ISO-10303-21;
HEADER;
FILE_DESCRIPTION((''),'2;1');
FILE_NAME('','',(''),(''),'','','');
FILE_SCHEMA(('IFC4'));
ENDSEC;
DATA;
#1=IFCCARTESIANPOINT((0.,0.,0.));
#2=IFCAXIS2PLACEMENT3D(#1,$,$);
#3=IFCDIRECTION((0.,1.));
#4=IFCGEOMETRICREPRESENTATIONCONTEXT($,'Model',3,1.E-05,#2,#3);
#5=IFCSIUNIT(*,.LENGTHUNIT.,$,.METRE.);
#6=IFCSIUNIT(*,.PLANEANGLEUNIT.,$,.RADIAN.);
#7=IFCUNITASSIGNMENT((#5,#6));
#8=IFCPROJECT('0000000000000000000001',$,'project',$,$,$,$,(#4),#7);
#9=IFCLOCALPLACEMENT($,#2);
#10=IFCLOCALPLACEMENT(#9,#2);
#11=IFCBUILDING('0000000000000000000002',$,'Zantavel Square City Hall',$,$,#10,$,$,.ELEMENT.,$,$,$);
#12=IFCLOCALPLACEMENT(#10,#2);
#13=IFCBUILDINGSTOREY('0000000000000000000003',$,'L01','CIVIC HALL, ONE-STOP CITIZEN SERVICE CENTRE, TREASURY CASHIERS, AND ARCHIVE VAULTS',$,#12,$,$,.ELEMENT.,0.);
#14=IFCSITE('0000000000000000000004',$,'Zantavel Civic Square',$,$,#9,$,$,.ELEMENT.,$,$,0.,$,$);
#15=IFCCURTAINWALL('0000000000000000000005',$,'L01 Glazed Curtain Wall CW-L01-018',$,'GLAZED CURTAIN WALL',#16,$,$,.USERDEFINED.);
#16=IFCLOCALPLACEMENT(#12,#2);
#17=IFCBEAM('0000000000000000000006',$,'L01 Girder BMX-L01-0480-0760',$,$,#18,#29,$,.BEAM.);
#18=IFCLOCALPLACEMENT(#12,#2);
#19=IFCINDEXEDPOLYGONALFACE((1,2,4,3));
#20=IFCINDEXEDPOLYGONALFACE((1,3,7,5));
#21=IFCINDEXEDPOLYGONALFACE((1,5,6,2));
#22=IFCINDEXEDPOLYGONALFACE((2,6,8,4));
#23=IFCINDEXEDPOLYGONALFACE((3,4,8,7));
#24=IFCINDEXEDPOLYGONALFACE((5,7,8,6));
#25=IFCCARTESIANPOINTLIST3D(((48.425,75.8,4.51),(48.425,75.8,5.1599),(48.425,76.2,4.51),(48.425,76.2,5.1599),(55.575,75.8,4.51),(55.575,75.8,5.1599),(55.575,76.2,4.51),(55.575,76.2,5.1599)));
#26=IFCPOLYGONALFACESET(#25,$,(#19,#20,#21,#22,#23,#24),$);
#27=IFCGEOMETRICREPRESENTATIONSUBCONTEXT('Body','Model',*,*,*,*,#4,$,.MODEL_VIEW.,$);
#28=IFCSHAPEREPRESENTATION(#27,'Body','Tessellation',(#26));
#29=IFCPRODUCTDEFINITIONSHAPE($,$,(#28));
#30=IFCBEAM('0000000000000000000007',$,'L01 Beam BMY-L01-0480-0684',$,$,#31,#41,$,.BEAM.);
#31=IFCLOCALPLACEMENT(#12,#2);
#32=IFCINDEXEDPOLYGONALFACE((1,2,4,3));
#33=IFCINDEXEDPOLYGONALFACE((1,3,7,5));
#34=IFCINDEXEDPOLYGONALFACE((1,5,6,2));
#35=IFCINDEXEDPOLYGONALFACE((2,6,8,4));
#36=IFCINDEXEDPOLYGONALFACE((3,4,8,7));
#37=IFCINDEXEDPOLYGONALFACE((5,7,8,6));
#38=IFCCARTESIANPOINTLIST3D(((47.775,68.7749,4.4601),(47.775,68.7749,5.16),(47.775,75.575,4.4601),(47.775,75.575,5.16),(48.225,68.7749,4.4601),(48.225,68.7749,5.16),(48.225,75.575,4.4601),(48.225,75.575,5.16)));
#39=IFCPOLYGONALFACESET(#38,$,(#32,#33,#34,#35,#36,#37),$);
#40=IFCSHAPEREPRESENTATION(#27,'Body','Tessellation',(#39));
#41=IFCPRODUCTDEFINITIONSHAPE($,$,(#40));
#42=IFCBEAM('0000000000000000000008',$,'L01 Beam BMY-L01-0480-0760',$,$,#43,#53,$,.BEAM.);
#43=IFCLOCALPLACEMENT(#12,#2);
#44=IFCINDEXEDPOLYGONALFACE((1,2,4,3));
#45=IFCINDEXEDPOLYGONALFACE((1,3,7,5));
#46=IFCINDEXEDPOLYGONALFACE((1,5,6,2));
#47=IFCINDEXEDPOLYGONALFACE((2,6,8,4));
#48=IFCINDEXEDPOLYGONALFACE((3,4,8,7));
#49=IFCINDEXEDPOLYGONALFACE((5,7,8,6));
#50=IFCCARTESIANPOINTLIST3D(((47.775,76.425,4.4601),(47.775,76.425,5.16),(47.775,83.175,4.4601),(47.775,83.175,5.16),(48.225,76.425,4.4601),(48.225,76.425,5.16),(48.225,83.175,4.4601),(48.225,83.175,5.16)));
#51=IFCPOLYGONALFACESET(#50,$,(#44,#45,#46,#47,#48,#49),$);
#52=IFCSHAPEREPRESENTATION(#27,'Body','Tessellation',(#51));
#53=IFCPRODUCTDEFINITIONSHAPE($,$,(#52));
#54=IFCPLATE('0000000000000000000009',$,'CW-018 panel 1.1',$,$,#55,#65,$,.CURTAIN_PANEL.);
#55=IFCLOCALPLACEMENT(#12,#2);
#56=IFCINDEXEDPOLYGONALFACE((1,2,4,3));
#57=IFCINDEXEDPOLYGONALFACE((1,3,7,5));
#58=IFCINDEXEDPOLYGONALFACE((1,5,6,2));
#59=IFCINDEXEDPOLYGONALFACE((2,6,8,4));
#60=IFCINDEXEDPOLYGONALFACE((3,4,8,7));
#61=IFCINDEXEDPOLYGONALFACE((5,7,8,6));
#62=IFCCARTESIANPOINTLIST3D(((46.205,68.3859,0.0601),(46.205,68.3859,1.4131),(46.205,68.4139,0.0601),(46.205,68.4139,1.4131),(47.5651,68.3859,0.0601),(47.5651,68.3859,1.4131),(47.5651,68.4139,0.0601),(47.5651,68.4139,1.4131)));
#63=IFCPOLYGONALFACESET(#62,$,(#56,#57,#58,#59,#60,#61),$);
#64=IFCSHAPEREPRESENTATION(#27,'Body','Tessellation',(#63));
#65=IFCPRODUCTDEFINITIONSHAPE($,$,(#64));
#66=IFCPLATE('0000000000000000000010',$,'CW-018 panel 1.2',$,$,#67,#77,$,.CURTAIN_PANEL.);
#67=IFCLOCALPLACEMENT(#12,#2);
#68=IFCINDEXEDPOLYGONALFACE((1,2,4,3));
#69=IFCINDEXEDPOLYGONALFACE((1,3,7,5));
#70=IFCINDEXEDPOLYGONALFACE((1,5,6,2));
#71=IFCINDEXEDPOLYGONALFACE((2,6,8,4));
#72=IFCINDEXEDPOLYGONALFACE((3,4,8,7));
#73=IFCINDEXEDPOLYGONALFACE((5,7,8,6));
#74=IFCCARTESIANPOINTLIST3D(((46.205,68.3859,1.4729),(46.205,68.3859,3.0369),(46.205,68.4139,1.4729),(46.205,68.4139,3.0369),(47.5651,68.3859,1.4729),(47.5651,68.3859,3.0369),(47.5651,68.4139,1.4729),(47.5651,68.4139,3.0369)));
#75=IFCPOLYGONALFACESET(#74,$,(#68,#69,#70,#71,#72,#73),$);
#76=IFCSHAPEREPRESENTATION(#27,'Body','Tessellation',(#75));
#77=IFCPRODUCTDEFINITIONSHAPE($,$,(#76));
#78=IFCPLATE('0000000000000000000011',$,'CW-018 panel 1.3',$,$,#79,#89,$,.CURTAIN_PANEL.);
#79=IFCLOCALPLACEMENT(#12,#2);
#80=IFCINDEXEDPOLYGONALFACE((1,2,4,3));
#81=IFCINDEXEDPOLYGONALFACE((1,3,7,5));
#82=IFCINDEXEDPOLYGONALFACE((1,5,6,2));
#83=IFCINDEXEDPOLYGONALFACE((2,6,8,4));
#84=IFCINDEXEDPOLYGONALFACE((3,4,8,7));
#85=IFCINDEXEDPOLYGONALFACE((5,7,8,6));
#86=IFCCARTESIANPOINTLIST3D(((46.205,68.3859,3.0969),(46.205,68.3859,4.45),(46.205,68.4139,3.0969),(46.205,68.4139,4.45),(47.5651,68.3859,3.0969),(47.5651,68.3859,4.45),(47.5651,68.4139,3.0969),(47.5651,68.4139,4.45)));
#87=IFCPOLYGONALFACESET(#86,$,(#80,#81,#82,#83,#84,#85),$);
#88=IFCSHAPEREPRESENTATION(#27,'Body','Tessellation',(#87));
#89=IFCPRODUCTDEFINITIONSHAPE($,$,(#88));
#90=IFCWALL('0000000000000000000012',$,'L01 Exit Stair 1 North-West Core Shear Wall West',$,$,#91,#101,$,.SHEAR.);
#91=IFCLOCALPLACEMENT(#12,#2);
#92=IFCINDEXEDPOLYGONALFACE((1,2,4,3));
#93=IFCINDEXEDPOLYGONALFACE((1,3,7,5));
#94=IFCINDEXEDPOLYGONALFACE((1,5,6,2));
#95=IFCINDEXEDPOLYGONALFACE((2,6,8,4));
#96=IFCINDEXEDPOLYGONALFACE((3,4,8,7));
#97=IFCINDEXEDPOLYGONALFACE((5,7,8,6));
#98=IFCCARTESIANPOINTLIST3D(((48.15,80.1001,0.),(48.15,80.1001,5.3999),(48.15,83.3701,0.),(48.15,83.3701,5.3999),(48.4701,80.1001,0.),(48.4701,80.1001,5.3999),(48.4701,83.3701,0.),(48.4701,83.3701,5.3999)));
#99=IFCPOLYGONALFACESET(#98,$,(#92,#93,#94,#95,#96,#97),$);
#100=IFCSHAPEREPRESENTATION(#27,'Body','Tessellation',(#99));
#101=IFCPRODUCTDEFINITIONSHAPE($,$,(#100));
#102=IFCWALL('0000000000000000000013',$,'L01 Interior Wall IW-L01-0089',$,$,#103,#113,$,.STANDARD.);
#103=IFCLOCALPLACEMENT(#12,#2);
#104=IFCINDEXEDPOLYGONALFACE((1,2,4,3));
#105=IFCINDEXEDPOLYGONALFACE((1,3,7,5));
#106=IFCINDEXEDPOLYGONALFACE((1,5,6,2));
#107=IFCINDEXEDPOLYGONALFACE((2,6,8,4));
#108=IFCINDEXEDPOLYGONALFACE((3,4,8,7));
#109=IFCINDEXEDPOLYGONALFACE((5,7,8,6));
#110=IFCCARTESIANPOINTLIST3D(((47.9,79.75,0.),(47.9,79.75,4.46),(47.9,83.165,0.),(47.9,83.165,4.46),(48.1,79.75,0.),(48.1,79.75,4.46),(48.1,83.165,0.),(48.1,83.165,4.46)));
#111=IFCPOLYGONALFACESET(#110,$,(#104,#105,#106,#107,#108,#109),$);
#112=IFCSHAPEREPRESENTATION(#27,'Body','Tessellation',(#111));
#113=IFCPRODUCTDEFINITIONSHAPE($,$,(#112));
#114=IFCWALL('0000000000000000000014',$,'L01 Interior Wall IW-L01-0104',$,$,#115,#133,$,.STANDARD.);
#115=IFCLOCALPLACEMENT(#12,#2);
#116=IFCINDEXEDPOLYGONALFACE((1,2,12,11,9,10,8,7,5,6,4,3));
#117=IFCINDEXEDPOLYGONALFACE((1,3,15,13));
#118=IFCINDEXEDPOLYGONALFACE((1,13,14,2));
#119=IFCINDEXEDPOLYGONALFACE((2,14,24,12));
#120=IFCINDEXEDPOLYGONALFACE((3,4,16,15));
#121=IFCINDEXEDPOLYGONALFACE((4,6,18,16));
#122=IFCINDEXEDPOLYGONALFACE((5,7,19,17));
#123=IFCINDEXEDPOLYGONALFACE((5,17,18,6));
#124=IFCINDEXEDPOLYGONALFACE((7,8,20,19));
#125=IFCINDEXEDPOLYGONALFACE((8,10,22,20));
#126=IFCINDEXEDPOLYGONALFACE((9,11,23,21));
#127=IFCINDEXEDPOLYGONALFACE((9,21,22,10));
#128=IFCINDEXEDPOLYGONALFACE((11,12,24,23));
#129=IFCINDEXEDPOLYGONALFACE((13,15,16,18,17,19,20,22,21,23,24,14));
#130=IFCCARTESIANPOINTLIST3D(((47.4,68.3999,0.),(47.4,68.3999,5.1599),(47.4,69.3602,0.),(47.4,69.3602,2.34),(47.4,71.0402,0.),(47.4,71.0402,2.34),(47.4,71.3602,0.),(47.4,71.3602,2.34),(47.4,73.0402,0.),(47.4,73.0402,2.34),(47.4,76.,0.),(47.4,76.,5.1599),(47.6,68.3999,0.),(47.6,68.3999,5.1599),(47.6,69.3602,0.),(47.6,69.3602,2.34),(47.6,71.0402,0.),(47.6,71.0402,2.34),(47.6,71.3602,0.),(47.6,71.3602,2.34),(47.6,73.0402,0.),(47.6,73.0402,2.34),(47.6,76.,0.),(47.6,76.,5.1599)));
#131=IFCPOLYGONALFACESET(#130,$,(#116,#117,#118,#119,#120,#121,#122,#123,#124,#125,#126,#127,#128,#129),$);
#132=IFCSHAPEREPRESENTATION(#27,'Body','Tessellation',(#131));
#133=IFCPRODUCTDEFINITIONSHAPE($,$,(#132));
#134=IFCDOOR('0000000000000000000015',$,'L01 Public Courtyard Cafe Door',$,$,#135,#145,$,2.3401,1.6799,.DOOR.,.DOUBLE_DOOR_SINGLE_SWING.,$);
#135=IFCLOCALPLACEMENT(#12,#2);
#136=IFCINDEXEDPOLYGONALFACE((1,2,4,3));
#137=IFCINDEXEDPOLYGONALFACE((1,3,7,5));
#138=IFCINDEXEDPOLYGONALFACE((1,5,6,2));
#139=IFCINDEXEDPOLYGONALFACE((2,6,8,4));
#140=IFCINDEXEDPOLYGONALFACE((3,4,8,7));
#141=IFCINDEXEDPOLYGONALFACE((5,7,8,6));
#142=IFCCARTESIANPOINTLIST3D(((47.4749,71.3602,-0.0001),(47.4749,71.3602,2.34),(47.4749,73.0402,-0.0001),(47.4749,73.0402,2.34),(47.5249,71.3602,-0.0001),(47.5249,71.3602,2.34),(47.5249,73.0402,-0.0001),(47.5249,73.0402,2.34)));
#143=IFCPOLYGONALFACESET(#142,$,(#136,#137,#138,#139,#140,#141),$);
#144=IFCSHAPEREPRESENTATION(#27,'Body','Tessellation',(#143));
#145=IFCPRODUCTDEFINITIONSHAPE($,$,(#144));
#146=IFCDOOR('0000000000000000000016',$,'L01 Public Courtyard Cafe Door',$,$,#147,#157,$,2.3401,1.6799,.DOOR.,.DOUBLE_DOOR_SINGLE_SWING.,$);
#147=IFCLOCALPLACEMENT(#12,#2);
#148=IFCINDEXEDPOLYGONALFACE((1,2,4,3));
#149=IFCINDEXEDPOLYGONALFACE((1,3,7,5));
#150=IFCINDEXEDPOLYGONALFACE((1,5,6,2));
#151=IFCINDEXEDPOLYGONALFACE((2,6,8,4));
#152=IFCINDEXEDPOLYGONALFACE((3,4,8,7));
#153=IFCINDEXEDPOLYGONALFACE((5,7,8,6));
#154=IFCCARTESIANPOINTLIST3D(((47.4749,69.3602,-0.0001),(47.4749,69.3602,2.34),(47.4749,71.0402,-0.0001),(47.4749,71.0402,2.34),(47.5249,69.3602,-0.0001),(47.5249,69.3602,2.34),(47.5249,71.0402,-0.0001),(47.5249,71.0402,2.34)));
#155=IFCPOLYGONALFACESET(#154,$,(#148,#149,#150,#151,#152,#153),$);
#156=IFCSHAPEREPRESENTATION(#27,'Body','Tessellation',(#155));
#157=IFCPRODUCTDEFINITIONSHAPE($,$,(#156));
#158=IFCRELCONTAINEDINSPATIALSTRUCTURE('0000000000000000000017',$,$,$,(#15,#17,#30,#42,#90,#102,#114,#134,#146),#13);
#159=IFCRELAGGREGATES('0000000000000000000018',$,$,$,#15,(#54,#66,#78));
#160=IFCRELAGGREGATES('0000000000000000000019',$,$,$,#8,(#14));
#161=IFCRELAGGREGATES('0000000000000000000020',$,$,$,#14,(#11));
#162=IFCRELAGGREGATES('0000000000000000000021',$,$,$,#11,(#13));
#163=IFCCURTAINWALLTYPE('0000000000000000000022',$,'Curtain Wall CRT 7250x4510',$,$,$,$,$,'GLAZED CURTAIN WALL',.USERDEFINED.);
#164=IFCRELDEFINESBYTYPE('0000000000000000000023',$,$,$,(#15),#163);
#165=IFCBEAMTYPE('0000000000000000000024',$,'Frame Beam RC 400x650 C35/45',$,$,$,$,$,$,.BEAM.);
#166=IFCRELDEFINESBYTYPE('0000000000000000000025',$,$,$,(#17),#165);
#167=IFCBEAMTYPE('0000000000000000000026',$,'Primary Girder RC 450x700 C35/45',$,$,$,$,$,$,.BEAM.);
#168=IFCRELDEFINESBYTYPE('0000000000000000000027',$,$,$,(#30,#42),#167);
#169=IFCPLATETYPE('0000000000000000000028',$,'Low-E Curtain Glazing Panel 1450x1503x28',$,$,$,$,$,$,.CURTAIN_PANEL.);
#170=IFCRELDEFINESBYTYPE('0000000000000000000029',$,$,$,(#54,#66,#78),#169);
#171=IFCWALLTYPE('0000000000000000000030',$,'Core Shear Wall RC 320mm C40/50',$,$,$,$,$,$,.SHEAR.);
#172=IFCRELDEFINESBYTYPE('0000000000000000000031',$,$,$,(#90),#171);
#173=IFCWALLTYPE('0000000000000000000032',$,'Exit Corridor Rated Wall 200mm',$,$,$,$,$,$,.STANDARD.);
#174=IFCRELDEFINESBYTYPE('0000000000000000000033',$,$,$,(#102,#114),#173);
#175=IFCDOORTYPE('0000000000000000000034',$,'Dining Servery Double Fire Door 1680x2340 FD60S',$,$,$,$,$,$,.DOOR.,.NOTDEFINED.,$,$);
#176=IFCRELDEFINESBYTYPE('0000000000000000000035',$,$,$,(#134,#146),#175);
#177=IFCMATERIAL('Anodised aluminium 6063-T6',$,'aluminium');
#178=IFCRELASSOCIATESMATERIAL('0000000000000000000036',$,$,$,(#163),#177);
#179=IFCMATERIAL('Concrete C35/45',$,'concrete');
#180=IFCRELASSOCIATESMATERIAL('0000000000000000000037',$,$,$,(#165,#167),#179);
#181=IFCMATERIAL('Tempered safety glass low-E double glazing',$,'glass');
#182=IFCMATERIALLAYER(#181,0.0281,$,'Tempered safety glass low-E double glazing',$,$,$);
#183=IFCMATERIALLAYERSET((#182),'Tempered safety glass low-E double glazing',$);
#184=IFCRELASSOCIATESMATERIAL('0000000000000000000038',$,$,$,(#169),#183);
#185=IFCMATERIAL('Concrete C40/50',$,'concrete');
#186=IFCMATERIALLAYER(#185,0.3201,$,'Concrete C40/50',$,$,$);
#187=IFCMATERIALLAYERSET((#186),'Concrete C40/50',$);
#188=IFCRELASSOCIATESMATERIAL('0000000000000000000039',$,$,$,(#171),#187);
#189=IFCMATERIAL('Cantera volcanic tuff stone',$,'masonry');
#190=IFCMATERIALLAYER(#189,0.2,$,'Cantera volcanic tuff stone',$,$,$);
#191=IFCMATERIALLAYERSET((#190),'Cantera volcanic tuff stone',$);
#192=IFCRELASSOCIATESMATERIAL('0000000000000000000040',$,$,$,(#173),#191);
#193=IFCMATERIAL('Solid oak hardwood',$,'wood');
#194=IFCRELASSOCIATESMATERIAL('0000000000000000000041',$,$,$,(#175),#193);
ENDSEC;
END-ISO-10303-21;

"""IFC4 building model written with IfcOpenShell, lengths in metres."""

from ifc_helpers import new_model, si_unit, direction, frame, frame_2d, origin, origin_2d, place, context, subcontext, project, spatial, rectangle, extrude, material, layer, layer_set, material_profile, profile_set, type_object, element, fill, aggregate, save


model = new_model("IFC4")

# Units and contexts
model_context = context("Model", 3, precision=1e-05, world=origin(), true_north=direction((0.0, 1.0)))
body_context = subcontext(model_context, "Body", "Model", "MODEL_VIEW")
ifc_project = project(units=[si_unit("LENGTHUNIT", "METRE"), si_unit("PLANEANGLEUNIT", "RADIAN")], contexts=[model_context])

# Site, building, storey
site_placement = place(None, origin())
site = spatial("IfcSite", under=ifc_project, at=site_placement, Name="Zantavel Civic Square", CompositionType="ELEMENT", RefElevation=0.0)
building_placement = place(site_placement, origin())
building = spatial("IfcBuilding", under=site, at=building_placement, Name="Zantavel Square City Hall", CompositionType="ELEMENT")
storey_placement = place(building_placement, origin())
storey = spatial("IfcBuildingStorey", under=building, at=storey_placement, Name="L01", Description="CIVIC HALL, ONE-STOP CITIZEN SERVICE CENTRE, TREASURY CASHIERS, AND ARCHIVE VAULTS", CompositionType="ELEMENT", Elevation=0.0)

# Shared definitions
ifc_material_1 = material(Name="Concrete C40/50", Category="concrete")

# Curtain wall
ifc_material_2 = material(Name="Anodised aluminium 6063-T6", Category="aluminium")
curtain_wall_type = type_object("IfcCurtainWallType", Name="Curtain Wall CRT 7250x4510", ElementType="GLAZED CURTAIN WALL", PredefinedType="USERDEFINED", material=ifc_material_2)
curtain_wall_placement = place(storey_placement, origin())
curtain_wall = element("IfcCurtainWall", 1, at=curtain_wall_placement, inside=storey, type_object=curtain_wall_type, Name="L01 Glazed Curtain Wall CW-L01-018", ObjectType="GLAZED CURTAIN WALL", PredefinedType="USERDEFINED")

# Beams
ifc_material_3 = material(Name="Concrete C35/45", Category="concrete")
ifc_material_profile_1 = material_profile(ifc_material_3, rectangle(XDim=0.3999, YDim=0.6499, at=origin_2d()), Name="RC 400x650")
ifc_profile_set_1 = profile_set([ifc_material_profile_1], Name="Concrete C35/45")
beam_type_1 = type_object("IfcBeamType", Name="Frame Beam RC 400x650 C35/45", PredefinedType="BEAM", material=ifc_profile_set_1)
beam_1_placement = place(storey_placement, frame((48.425, 76.0, 4.835), z_axis=(1.0, 0.0, 0.0), x_axis=(0.0, 1.0, 0.0)))
element("IfcBeam", 2, at=beam_1_placement, inside=storey, type_object=beam_type_1, Name="L01 Girder BMX-L01-0480-0760", PredefinedType="BEAM", context=body_context, shape_type="SweptSolid", body=[
    extrude(rectangle(XDim=0.3999, YDim=0.6499, at=origin_2d()), origin(), (0.0, 0.0, 1.0), 7.1499),
])
ifc_material_profile_2 = material_profile(ifc_material_3, rectangle(XDim=0.45, YDim=0.7, at=origin_2d()), Name="RC 450x700")
ifc_profile_set_2 = profile_set([ifc_material_profile_2], Name="Concrete C35/45")
beam_type_2 = type_object("IfcBeamType", Name="Primary Girder RC 450x700 C35/45", PredefinedType="BEAM", material=ifc_profile_set_2)
beam_2_placement = place(storey_placement, frame((48.0, 68.7749, 4.8101), z_axis=(0.0, 1.0, 0.0), x_axis=(-1.0, 0.0, 0.0)))
element("IfcBeam", 3, at=beam_2_placement, inside=storey, type_object=beam_type_2, Name="L01 Beam BMY-L01-0480-0684", PredefinedType="BEAM", context=body_context, shape_type="SweptSolid", body=[
    extrude(rectangle(XDim=0.45, YDim=0.7, at=origin_2d()), origin(), (0.0, 0.0, 1.0), 6.8),
])
beam_3_placement = place(storey_placement, frame((48.0, 76.425, 4.8101), z_axis=(0.0, 1.0, 0.0), x_axis=(-1.0, 0.0, 0.0)))
element("IfcBeam", 4, at=beam_3_placement, inside=storey, type_object=beam_type_2, Name="L01 Beam BMY-L01-0480-0760", PredefinedType="BEAM", context=body_context, shape_type="SweptSolid", body=[
    extrude(rectangle(XDim=0.45, YDim=0.7, at=origin_2d()), origin(), (0.0, 0.0, 1.0), 6.75),
])

# Plates
ifc_material_4 = material(Name="Tempered safety glass low-E double glazing", Category="glass")
ifc_layer_1 = layer(ifc_material_4, 0.0281, Name="Tempered safety glass low-E double glazing")
ifc_layer_set_1 = layer_set([ifc_layer_1], Name="Tempered safety glass low-E double glazing")
plate_type = type_object("IfcPlateType", Name="Low-E Curtain Glazing Panel 1450x1503x28", PredefinedType="CURTAIN_PANEL", material=ifc_layer_set_1)
plate_1_placement = place(storey_placement, frame((46.885, 68.3999, 0.0601), z_axis=(0.0, 0.0, 1.0), x_axis=(-1.0, 0.0, 0.0)))
plate_1 = element("IfcPlate", 5, at=plate_1_placement, type_object=plate_type, Name="CW-018 panel 1.1", PredefinedType="CURTAIN_PANEL", context=body_context, shape_type="SweptSolid", body=[
    extrude(rectangle(XDim=1.3601, YDim=0.0281, at=origin_2d()), origin(), (0.0, 0.0, 1.0), 1.353),
])
plate_2_placement = place(storey_placement, frame((46.885, 68.3999, 1.4729), z_axis=(0.0, 0.0, 1.0), x_axis=(-1.0, 0.0, 0.0)))
plate_2 = element("IfcPlate", 6, at=plate_2_placement, type_object=plate_type, Name="CW-018 panel 1.2", PredefinedType="CURTAIN_PANEL", context=body_context, shape_type="SweptSolid", body=[
    extrude(rectangle(XDim=1.3601, YDim=0.0281, at=origin_2d()), origin(), (0.0, 0.0, 1.0), 1.564),
])
plate_3_placement = place(storey_placement, frame((46.885, 68.3999, 3.0969), z_axis=(0.0, 0.0, 1.0), x_axis=(-1.0, 0.0, 0.0)))
plate_3 = element("IfcPlate", 7, at=plate_3_placement, type_object=plate_type, Name="CW-018 panel 1.3", PredefinedType="CURTAIN_PANEL", context=body_context, shape_type="SweptSolid", body=[
    extrude(rectangle(XDim=1.3601, YDim=0.0281, at=origin_2d()), origin(), (0.0, 0.0, 1.0), 1.353),
])
aggregate(curtain_wall, [plate_1, plate_2, plate_3])

# Walls
ifc_layer_2 = layer(ifc_material_1, 0.3201, Name="Concrete C40/50")
ifc_layer_set_2 = layer_set([ifc_layer_2], Name="Concrete C40/50")
wall_type_1 = type_object("IfcWallType", Name="Core Shear Wall RC 320mm C40/50", PredefinedType="SHEAR", material=ifc_layer_set_2)
wall_1_placement = place(storey_placement, frame((48.3101, 80.1001, 0.0), z_axis=(0.0, 0.0, 1.0), x_axis=(0.0, 1.0, 0.0)))
element("IfcWall", 8, at=wall_1_placement, inside=storey, type_object=wall_type_1, Name="L01 Exit Stair 1 North-West Core Shear Wall West", PredefinedType="SHEAR", context=body_context, shape_type="SweptSolid", body=[
    extrude(rectangle(XDim=3.27, YDim=0.3201, at=frame_2d((1.635, 0.0))), origin(), (0.0, 0.0, 1.0), 5.3999),
])
ifc_material_5 = material(Name="Cantera volcanic tuff stone", Category="masonry")
ifc_layer_3 = layer(ifc_material_5, 0.2, Name="Cantera volcanic tuff stone")
ifc_layer_set_3 = layer_set([ifc_layer_3], Name="Cantera volcanic tuff stone")
wall_type_2 = type_object("IfcWallType", Name="Exit Corridor Rated Wall 200mm", PredefinedType="STANDARD", material=ifc_layer_set_3)
wall_2_placement = place(storey_placement, frame((48.0, 79.75, 0.0), z_axis=(0.0, 0.0, 1.0), x_axis=(0.0, 1.0, 0.0)))
element("IfcWall", 9, at=wall_2_placement, inside=storey, type_object=wall_type_2, Name="L01 Interior Wall IW-L01-0089", PredefinedType="STANDARD", context=body_context, shape_type="SweptSolid", body=[
    extrude(rectangle(XDim=3.415, YDim=0.2, at=frame_2d((1.7075, 0.0))), origin(), (0.0, 0.0, 1.0), 4.46),
])

# Wall, openings, doors
wall_3_placement = place(storey_placement, frame((47.5, 76.0, 0.0), z_axis=(0.0, 0.0, 1.0), x_axis=(0.0, -1.0, 0.0)))
wall_3 = element("IfcWall", 10, at=wall_3_placement, inside=storey, type_object=wall_type_2, Name="L01 Interior Wall IW-L01-0104", PredefinedType="STANDARD", context=body_context, shape_type="SweptSolid", body=[
    extrude(rectangle(XDim=7.6001, YDim=0.2, at=frame_2d((3.8, 0.0))), origin(), (0.0, 0.0, 1.0), 5.1599),
])
opening_1_placement = place(wall_3_placement, frame((2.96, 0.0, 0.0)))
opening_1 = element("IfcOpeningElement", 11, at=opening_1_placement, cuts=wall_3, PredefinedType="OPENING", context=body_context, shape_type="SweptSolid", body=[
    extrude(rectangle(XDim=1.6799, YDim=2.3401, at=frame_2d((0.8398, 1.1699))), frame((0.0, 0.1099, 0.0), z_axis=(0.0, -1.0, 0.0), x_axis=(1.0, 0.0, 0.0)), (0.0, 0.0, 1.0), 0.22),
])
opening_2_placement = place(wall_3_placement, frame((4.96, 0.0, 0.0)))
opening_2 = element("IfcOpeningElement", 12, at=opening_2_placement, cuts=wall_3, PredefinedType="OPENING", context=body_context, shape_type="SweptSolid", body=[
    extrude(rectangle(XDim=1.6799, YDim=2.3401, at=frame_2d((0.8398, 1.1699))), frame((0.0, 0.1099, 0.0), z_axis=(0.0, -1.0, 0.0), x_axis=(1.0, 0.0, 0.0)), (0.0, 0.0, 1.0), 0.22),
])
ifc_material_6 = material(Name="Solid oak hardwood", Category="wood")
door_type_1 = type_object("IfcDoorType", Name="Dining Servery Double Fire Door 1680x2340 FD60S", OperationType="NOTDEFINED", PredefinedType="DOOR", material=ifc_material_6)
door_1_placement = place(opening_1_placement, origin())
door_1 = element("IfcDoor", 13, at=door_1_placement, inside=storey, type_object=door_type_1, Name="L01 Public Courtyard Cafe Door", OperationType="DOUBLE_DOOR_SINGLE_SWING", OverallHeight=2.3401, OverallWidth=1.6799, PredefinedType="DOOR", context=body_context, shape_type="SweptSolid", body=[
    extrude(rectangle(XDim=1.6799, YDim=2.3401, at=frame_2d((0.8398, 1.1699))), frame((0.0, 0.0249, 0.0), z_axis=(0.0, -1.0, 0.0), x_axis=(1.0, 0.0, 0.0)), (0.0, 0.0, 1.0), 0.05),
])
fill(opening_1, door_1)
door_2_placement = place(opening_2_placement, origin())
door_2 = element("IfcDoor", 14, at=door_2_placement, inside=storey, type_object=door_type_1, Name="L01 Public Courtyard Cafe Door", OperationType="DOUBLE_DOOR_SINGLE_SWING", OverallHeight=2.3401, OverallWidth=1.6799, PredefinedType="DOOR", context=body_context, shape_type="SweptSolid", body=[
    extrude(rectangle(XDim=1.6799, YDim=2.3401, at=frame_2d((0.8398, 1.1699))), frame((0.0, 0.0249, 0.0), z_axis=(0.0, -1.0, 0.0), x_axis=(1.0, 0.0, 0.0)), (0.0, 0.0, 1.0), 0.05),
])
fill(opening_2, door_2)

save(model, "model.ifc")
